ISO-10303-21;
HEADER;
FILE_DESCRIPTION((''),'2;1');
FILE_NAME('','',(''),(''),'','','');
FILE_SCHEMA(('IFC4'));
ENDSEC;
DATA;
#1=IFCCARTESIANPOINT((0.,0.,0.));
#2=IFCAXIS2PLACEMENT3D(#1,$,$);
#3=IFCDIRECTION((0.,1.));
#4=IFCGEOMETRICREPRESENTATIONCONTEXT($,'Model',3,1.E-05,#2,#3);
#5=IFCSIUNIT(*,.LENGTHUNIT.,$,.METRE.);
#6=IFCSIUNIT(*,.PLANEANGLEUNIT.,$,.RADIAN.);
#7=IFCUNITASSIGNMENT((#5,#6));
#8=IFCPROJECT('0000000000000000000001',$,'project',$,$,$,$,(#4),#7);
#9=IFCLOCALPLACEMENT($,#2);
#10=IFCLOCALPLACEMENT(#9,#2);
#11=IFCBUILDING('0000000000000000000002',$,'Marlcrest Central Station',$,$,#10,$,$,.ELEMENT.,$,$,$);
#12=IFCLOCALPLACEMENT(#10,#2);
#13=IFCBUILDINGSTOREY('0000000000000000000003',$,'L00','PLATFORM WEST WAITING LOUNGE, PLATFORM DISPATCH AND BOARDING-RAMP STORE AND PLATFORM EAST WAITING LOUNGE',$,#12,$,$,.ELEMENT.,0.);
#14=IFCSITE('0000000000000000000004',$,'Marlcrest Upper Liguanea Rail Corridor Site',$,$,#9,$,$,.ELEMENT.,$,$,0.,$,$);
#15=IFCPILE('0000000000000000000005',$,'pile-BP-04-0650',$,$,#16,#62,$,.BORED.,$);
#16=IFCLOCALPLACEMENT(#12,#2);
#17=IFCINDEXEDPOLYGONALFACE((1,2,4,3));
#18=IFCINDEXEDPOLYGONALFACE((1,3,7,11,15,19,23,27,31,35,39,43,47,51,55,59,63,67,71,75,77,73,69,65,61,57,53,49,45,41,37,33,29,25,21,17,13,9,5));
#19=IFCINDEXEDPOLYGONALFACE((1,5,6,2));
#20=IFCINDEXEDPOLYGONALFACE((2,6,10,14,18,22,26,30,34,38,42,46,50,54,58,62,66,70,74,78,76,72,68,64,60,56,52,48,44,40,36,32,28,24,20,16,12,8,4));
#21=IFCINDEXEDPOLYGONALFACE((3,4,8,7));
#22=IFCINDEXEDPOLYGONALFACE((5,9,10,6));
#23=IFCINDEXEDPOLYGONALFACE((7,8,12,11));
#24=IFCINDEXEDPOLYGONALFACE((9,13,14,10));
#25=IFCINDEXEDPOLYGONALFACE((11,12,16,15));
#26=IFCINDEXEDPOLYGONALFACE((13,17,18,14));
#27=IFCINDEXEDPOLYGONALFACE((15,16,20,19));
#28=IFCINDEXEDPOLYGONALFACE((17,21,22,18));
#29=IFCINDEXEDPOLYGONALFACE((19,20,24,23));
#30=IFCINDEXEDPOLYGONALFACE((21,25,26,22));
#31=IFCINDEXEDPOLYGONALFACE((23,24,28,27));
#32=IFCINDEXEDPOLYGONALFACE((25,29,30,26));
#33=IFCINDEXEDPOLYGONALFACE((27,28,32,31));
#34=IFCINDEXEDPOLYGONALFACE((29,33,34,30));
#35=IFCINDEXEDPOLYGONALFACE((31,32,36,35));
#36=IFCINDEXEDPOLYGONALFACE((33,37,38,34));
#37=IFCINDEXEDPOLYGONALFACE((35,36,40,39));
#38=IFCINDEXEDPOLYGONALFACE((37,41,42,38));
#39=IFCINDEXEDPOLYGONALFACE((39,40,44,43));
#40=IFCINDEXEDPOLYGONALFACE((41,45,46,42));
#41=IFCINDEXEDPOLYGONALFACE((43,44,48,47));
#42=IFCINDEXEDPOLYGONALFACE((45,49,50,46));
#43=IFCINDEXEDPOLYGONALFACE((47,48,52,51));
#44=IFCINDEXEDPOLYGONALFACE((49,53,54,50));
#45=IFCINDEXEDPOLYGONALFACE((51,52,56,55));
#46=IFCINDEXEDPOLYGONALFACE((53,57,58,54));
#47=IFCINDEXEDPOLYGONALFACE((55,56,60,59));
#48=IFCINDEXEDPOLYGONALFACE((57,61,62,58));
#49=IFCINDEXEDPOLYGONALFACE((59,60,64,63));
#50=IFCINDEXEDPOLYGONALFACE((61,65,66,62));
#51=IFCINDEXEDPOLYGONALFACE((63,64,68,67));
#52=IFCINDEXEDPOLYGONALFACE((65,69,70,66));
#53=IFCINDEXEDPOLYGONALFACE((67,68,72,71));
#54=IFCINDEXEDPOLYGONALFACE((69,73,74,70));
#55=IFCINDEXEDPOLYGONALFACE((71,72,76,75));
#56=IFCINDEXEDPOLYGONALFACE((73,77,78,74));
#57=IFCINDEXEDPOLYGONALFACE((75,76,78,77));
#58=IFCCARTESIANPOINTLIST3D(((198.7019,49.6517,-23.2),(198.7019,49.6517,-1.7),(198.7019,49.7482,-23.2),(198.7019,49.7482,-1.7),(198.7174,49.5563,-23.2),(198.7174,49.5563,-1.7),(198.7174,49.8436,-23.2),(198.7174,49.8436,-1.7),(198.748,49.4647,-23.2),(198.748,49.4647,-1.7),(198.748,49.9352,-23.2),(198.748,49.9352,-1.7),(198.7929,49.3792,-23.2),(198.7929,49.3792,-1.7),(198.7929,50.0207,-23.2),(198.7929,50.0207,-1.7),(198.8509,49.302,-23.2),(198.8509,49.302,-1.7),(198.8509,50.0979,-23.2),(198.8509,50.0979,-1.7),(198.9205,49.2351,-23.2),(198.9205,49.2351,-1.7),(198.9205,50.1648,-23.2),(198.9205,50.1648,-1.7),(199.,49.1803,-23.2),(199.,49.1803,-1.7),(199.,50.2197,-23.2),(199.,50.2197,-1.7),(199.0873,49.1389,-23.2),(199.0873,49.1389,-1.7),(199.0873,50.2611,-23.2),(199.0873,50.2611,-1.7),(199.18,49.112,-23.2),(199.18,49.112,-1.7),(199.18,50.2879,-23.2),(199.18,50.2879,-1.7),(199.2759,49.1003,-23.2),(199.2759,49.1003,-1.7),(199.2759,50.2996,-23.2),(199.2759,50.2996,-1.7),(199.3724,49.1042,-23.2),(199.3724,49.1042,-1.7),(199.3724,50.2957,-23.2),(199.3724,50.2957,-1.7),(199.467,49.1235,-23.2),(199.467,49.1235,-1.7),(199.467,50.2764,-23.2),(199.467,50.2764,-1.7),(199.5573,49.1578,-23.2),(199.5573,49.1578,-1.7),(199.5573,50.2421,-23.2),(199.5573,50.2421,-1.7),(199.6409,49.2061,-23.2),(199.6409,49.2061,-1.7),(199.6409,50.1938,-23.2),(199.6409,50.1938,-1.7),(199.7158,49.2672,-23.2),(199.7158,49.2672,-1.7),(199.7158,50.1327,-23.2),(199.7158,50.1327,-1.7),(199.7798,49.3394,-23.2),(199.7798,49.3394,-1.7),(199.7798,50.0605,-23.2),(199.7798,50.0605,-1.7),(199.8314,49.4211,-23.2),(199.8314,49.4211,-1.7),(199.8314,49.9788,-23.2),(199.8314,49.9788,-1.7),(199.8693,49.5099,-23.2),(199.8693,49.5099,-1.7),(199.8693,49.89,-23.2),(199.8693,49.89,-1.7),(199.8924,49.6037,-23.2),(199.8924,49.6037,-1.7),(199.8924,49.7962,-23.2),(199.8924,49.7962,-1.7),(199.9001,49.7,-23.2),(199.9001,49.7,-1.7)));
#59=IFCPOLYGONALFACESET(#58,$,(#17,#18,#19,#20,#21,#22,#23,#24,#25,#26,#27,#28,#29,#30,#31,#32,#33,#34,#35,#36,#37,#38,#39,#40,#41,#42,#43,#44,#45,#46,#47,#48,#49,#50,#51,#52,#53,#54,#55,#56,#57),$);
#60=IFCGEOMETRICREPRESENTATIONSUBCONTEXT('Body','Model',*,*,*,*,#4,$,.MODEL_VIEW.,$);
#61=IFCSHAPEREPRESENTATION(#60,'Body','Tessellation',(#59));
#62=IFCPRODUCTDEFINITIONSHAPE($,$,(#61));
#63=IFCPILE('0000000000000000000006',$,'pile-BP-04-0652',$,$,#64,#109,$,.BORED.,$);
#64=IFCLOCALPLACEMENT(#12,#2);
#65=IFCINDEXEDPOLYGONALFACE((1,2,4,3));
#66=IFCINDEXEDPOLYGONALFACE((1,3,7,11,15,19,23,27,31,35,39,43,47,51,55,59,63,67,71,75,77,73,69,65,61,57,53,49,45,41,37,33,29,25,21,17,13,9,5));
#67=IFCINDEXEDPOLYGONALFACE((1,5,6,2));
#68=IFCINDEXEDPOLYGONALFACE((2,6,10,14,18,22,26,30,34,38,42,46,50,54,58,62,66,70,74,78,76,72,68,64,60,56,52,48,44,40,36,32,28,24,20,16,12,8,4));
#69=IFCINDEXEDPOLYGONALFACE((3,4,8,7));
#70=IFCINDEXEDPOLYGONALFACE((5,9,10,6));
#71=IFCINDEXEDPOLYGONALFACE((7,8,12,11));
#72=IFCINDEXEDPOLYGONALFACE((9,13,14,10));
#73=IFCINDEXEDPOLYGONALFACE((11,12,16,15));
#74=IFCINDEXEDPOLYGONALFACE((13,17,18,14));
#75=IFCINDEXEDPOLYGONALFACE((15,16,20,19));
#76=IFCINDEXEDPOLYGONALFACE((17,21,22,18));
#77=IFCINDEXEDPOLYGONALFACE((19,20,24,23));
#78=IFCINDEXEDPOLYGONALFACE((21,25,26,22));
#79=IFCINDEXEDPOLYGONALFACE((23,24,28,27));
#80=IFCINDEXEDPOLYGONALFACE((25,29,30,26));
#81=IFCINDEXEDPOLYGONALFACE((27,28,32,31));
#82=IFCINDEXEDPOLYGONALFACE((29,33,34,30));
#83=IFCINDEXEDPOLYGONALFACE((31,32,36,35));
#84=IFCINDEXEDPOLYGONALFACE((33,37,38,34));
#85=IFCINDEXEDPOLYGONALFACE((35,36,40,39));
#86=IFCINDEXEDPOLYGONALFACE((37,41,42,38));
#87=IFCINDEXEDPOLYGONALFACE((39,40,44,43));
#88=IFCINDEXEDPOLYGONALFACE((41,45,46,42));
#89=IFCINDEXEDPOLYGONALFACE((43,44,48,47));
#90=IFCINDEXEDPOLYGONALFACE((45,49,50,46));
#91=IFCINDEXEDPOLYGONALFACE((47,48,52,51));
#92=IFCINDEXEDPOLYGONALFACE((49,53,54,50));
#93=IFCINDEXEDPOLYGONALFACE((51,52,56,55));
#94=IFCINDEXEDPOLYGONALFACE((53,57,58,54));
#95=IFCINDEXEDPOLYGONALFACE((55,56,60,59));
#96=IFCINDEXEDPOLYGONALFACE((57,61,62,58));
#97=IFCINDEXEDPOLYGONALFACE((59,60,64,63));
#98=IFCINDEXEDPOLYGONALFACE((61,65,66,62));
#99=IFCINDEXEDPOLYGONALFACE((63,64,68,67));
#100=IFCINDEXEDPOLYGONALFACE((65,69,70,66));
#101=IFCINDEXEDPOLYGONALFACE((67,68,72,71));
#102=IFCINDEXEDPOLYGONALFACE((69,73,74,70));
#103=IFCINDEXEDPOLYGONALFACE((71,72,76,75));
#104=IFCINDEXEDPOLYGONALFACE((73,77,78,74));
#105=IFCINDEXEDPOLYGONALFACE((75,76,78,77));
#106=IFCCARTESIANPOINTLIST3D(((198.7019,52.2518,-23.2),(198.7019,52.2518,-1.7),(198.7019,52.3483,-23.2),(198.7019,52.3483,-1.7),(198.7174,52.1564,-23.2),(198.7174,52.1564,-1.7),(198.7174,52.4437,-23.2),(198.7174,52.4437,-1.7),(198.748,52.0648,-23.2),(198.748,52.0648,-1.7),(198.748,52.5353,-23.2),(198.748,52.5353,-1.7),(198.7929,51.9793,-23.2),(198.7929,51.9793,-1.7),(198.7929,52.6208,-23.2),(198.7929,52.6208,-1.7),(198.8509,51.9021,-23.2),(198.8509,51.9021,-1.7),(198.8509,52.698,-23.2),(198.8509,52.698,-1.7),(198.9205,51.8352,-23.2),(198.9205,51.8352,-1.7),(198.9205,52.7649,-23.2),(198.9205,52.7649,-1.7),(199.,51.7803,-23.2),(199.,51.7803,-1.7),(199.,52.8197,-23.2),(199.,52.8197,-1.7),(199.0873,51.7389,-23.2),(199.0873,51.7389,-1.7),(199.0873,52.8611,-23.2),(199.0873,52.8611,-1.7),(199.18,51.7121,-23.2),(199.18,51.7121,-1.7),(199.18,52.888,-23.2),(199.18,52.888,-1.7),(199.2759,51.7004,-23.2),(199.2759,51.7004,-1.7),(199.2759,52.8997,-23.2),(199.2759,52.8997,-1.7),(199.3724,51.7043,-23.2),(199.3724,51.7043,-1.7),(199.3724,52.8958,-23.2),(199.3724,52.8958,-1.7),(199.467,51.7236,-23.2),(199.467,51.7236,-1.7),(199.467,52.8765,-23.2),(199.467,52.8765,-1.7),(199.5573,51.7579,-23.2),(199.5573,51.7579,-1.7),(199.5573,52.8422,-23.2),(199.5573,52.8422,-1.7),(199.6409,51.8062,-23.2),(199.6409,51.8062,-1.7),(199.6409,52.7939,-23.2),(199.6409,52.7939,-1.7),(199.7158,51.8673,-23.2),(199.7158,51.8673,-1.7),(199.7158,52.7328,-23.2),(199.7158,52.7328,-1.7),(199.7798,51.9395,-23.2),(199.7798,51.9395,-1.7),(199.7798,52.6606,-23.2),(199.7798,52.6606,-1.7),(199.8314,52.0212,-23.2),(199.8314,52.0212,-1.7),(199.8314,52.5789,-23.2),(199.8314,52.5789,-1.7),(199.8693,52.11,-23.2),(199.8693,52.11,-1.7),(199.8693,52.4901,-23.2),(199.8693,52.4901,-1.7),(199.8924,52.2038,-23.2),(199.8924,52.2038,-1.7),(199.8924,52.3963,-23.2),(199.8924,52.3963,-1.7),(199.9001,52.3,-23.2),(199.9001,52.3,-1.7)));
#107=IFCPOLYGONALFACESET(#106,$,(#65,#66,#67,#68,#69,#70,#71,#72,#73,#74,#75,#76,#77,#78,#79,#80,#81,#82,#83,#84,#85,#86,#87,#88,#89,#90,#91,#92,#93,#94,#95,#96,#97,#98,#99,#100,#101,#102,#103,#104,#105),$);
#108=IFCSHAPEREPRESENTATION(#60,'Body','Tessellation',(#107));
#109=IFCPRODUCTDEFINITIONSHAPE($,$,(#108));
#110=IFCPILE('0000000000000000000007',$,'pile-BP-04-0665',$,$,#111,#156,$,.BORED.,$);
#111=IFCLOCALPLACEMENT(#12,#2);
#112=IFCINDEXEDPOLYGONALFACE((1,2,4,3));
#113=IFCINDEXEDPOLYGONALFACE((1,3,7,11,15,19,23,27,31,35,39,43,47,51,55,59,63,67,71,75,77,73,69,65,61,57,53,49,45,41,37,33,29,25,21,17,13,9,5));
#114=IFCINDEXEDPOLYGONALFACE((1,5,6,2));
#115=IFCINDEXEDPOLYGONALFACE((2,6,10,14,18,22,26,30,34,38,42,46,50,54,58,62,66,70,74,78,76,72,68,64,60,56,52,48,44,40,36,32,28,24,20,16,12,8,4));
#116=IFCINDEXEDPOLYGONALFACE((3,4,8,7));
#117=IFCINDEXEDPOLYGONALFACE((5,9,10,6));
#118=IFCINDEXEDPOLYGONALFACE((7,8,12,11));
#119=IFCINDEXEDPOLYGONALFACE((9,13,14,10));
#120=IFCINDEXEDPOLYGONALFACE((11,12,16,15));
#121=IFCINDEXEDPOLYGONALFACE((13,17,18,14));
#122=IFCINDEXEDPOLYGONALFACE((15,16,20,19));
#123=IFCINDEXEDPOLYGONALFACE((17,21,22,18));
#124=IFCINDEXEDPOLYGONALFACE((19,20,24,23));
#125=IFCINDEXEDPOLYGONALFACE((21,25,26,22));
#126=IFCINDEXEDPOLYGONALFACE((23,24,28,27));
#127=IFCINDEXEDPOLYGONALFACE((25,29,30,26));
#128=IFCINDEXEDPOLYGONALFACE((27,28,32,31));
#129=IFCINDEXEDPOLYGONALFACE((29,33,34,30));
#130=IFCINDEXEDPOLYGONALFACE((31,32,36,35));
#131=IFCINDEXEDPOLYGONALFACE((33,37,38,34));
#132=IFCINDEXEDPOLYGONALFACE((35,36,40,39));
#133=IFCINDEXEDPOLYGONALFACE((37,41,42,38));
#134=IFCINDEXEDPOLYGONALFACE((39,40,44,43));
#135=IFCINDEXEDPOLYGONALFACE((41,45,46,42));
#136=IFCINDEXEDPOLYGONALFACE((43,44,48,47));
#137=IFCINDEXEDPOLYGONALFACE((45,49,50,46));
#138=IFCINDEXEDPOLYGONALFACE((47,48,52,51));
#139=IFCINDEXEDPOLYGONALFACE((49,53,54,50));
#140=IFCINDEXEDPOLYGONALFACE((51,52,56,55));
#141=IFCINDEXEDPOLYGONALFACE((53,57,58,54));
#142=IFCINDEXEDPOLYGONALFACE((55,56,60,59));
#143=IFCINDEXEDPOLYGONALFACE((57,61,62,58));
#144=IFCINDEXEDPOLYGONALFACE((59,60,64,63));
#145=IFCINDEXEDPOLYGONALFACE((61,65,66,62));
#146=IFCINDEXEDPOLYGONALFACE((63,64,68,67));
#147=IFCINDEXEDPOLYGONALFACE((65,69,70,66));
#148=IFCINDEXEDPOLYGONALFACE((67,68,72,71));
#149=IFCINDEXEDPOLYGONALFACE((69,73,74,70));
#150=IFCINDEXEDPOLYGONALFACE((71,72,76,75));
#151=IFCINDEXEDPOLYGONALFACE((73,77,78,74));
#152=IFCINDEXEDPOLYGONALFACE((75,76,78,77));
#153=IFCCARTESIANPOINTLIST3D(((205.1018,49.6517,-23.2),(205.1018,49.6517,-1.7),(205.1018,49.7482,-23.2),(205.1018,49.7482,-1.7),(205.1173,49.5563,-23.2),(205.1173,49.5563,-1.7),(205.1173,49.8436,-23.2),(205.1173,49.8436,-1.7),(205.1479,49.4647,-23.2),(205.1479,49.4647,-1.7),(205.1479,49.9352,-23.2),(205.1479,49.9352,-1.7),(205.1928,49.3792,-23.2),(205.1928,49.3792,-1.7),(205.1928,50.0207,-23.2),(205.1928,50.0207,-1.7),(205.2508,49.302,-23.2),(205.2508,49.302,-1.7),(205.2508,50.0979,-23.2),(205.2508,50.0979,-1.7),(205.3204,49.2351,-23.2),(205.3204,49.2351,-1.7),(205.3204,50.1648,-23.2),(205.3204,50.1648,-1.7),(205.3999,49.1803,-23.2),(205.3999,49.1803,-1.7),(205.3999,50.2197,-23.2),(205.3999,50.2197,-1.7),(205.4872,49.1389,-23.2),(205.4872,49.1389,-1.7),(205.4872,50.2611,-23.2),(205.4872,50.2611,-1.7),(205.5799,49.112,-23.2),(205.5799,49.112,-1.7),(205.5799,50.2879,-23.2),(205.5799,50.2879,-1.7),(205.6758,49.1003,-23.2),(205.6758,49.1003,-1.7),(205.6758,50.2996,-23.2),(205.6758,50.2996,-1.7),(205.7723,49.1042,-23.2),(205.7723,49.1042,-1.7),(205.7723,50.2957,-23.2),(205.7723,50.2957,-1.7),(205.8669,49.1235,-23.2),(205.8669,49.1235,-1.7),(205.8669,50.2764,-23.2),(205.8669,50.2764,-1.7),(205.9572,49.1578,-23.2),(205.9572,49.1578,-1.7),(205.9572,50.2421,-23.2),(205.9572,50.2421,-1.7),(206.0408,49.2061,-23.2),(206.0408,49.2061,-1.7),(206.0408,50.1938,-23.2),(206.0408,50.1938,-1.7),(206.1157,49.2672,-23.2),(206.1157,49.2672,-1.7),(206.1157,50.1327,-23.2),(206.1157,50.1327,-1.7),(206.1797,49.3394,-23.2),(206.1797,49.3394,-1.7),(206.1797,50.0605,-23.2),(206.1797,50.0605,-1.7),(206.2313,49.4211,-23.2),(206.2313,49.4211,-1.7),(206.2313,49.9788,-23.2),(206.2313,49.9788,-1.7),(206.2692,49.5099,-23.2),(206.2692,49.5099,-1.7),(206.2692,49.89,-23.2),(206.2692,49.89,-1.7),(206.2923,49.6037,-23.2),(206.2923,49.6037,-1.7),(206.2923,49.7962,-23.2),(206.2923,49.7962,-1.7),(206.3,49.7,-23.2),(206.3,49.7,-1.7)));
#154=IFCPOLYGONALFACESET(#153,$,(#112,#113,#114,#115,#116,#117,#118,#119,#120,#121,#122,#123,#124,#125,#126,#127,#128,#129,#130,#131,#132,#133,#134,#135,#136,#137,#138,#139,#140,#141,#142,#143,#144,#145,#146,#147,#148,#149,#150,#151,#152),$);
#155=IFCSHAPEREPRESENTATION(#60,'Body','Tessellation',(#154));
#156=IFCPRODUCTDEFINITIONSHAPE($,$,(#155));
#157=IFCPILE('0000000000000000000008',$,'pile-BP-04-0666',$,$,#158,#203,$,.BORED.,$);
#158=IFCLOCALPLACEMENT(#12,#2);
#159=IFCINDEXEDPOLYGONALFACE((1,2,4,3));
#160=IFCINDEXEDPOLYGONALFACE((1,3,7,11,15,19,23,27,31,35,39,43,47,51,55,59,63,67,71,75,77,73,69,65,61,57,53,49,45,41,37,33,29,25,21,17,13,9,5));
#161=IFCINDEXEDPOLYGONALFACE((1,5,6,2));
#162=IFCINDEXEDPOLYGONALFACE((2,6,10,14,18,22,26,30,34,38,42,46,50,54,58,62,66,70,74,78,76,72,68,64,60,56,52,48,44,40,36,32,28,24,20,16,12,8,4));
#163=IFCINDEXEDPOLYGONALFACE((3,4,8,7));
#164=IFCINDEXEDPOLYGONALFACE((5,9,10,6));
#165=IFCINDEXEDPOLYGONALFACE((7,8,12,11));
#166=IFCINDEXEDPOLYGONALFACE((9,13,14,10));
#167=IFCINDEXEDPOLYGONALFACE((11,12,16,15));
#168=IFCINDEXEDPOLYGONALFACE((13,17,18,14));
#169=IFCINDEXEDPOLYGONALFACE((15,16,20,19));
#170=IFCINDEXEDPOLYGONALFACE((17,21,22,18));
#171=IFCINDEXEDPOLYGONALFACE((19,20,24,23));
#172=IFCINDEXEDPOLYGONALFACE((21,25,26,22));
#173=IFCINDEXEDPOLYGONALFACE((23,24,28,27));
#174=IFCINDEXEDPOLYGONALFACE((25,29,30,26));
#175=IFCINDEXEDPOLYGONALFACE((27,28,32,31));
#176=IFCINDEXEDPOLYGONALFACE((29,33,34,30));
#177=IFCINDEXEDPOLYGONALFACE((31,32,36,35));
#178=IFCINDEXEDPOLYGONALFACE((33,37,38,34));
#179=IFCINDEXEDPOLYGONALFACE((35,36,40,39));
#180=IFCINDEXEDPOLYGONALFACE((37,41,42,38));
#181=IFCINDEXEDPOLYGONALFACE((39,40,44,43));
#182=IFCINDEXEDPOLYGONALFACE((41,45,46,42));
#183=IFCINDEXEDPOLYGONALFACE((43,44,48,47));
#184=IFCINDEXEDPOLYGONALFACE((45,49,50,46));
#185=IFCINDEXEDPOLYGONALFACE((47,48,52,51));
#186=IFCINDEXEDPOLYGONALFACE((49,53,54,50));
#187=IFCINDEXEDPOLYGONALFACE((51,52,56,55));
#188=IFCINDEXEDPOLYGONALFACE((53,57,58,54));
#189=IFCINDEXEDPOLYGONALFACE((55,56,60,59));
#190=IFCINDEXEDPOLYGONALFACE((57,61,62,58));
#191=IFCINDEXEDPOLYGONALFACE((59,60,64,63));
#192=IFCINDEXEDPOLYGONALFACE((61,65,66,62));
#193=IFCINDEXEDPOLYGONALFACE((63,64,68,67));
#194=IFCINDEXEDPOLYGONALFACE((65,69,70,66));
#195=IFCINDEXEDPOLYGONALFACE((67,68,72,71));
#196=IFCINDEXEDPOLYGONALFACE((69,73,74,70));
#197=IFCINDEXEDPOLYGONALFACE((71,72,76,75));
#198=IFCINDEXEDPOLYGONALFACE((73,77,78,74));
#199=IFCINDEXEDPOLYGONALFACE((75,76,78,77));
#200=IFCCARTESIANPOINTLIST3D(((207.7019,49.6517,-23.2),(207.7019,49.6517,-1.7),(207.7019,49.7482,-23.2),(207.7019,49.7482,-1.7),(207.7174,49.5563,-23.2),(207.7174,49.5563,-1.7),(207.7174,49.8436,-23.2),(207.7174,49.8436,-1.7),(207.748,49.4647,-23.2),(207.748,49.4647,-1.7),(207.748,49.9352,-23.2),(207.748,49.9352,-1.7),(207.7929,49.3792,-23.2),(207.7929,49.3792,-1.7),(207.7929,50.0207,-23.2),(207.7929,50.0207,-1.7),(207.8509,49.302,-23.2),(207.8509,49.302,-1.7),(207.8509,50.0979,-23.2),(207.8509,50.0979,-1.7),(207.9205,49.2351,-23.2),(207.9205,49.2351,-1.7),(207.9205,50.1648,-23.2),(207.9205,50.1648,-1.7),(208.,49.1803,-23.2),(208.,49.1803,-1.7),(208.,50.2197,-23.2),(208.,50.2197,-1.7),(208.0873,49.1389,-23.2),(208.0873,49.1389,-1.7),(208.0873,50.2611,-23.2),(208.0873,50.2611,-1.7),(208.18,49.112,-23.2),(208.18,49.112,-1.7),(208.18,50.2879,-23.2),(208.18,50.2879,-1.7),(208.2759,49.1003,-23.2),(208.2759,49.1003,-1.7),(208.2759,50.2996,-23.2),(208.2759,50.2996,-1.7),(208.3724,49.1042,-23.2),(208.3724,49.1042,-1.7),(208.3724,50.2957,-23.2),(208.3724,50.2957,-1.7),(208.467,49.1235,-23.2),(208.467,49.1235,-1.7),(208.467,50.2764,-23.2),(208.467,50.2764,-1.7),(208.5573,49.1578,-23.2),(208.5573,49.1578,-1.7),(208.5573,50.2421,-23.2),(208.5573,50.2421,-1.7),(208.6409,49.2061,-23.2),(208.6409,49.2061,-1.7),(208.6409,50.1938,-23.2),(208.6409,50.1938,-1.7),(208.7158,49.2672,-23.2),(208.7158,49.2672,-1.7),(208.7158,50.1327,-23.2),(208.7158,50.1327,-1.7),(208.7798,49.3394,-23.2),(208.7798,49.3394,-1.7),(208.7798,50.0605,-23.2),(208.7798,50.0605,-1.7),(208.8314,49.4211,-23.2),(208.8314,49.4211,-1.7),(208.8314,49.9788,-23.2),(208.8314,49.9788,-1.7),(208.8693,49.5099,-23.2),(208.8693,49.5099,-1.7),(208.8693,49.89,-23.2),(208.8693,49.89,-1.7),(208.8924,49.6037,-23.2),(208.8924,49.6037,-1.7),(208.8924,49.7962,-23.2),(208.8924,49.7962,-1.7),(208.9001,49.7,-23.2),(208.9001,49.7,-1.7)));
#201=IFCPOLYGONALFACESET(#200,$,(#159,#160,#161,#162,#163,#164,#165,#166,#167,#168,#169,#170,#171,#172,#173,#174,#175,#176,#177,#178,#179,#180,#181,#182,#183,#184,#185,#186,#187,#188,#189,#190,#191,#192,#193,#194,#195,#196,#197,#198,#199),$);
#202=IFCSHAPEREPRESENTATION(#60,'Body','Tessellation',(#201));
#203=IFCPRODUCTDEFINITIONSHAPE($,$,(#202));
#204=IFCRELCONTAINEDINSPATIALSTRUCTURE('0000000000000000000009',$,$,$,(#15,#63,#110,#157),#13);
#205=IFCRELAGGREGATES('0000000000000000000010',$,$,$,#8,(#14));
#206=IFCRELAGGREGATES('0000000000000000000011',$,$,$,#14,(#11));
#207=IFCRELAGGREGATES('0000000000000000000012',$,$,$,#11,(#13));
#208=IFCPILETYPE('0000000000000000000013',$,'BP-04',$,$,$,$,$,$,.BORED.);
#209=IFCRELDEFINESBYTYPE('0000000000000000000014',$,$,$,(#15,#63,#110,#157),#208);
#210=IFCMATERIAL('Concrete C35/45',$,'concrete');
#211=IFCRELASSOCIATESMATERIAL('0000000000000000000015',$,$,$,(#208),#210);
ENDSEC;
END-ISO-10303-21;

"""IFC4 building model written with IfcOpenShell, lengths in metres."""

from ifc_helpers import new_model, si_unit, direction, frame, origin, origin_2d, place, context, subcontext, project, spatial, circle, extrude, material, material_profile, profile_set, type_object, element, save


model = new_model("IFC4")

# Units and contexts
model_context = context("Model", 3, precision=1e-05, world=origin(), true_north=direction((0.0, 1.0)))
body_context = subcontext(model_context, "Body", "Model", "MODEL_VIEW")
ifc_project = project(units=[si_unit("LENGTHUNIT", "METRE"), si_unit("PLANEANGLEUNIT", "RADIAN")], contexts=[model_context])

# Site, building, storey
site_placement = place(None, origin())
site = spatial("IfcSite", under=ifc_project, at=site_placement, Name="Marlcrest Upper Liguanea Rail Corridor Site", CompositionType="ELEMENT", RefElevation=0.0)
building_placement = place(site_placement, origin())
building = spatial("IfcBuilding", under=site, at=building_placement, Name="Marlcrest Central Station", CompositionType="ELEMENT")
storey_placement = place(building_placement, origin())
storey = spatial("IfcBuildingStorey", under=building, at=storey_placement, Name="L00", Description="PLATFORM WEST WAITING LOUNGE, PLATFORM DISPATCH AND BOARDING-RAMP STORE AND PLATFORM EAST WAITING LOUNGE", CompositionType="ELEMENT", Elevation=0.0)

# Piles
ifc_material_1 = material(Name="Concrete C35/45", Category="concrete")
ifc_material_profile_1 = material_profile(ifc_material_1, circle(Radius=0.6001, at=origin_2d()), Name="PILE D1200")
ifc_profile_set_1 = profile_set([ifc_material_profile_1], Name="Concrete C35/45")
pile_type = type_object("IfcPileType", Name="BP-04", PredefinedType="BORED", material=ifc_profile_set_1)
for number, where, z_axis, x_axis, name in (
    (1, (199.3, 49.7, -1.7), (0.0, 0.0, -1.0), (1.0, 0.0, 0.0), "pile-BP-04-0650"),
    (2, (199.3, 52.3, -1.7), (0.0, 0.0, -1.0), (1.0, 0.0, 0.0), "pile-BP-04-0652"),
    (3, (205.7, 49.7, -1.7), (0.0, 0.0, -1.0), (1.0, 0.0, 0.0), "pile-BP-04-0665"),
    (4, (208.3, 49.7, -1.7), (0.0, 0.0, -1.0), (1.0, 0.0, 0.0), "pile-BP-04-0666"),
):
    element("IfcPile", number, at=place(storey_placement, frame(where, z_axis=z_axis, x_axis=x_axis)), inside=storey, type_object=pile_type, Name=name, PredefinedType="BORED", context=body_context, shape_type="SweptSolid", body=[
        extrude(circle(Radius=0.6001, at=origin_2d()), origin(), (0.0, 0.0, 1.0), 21.5),
    ])

save(model, "model.ifc")
